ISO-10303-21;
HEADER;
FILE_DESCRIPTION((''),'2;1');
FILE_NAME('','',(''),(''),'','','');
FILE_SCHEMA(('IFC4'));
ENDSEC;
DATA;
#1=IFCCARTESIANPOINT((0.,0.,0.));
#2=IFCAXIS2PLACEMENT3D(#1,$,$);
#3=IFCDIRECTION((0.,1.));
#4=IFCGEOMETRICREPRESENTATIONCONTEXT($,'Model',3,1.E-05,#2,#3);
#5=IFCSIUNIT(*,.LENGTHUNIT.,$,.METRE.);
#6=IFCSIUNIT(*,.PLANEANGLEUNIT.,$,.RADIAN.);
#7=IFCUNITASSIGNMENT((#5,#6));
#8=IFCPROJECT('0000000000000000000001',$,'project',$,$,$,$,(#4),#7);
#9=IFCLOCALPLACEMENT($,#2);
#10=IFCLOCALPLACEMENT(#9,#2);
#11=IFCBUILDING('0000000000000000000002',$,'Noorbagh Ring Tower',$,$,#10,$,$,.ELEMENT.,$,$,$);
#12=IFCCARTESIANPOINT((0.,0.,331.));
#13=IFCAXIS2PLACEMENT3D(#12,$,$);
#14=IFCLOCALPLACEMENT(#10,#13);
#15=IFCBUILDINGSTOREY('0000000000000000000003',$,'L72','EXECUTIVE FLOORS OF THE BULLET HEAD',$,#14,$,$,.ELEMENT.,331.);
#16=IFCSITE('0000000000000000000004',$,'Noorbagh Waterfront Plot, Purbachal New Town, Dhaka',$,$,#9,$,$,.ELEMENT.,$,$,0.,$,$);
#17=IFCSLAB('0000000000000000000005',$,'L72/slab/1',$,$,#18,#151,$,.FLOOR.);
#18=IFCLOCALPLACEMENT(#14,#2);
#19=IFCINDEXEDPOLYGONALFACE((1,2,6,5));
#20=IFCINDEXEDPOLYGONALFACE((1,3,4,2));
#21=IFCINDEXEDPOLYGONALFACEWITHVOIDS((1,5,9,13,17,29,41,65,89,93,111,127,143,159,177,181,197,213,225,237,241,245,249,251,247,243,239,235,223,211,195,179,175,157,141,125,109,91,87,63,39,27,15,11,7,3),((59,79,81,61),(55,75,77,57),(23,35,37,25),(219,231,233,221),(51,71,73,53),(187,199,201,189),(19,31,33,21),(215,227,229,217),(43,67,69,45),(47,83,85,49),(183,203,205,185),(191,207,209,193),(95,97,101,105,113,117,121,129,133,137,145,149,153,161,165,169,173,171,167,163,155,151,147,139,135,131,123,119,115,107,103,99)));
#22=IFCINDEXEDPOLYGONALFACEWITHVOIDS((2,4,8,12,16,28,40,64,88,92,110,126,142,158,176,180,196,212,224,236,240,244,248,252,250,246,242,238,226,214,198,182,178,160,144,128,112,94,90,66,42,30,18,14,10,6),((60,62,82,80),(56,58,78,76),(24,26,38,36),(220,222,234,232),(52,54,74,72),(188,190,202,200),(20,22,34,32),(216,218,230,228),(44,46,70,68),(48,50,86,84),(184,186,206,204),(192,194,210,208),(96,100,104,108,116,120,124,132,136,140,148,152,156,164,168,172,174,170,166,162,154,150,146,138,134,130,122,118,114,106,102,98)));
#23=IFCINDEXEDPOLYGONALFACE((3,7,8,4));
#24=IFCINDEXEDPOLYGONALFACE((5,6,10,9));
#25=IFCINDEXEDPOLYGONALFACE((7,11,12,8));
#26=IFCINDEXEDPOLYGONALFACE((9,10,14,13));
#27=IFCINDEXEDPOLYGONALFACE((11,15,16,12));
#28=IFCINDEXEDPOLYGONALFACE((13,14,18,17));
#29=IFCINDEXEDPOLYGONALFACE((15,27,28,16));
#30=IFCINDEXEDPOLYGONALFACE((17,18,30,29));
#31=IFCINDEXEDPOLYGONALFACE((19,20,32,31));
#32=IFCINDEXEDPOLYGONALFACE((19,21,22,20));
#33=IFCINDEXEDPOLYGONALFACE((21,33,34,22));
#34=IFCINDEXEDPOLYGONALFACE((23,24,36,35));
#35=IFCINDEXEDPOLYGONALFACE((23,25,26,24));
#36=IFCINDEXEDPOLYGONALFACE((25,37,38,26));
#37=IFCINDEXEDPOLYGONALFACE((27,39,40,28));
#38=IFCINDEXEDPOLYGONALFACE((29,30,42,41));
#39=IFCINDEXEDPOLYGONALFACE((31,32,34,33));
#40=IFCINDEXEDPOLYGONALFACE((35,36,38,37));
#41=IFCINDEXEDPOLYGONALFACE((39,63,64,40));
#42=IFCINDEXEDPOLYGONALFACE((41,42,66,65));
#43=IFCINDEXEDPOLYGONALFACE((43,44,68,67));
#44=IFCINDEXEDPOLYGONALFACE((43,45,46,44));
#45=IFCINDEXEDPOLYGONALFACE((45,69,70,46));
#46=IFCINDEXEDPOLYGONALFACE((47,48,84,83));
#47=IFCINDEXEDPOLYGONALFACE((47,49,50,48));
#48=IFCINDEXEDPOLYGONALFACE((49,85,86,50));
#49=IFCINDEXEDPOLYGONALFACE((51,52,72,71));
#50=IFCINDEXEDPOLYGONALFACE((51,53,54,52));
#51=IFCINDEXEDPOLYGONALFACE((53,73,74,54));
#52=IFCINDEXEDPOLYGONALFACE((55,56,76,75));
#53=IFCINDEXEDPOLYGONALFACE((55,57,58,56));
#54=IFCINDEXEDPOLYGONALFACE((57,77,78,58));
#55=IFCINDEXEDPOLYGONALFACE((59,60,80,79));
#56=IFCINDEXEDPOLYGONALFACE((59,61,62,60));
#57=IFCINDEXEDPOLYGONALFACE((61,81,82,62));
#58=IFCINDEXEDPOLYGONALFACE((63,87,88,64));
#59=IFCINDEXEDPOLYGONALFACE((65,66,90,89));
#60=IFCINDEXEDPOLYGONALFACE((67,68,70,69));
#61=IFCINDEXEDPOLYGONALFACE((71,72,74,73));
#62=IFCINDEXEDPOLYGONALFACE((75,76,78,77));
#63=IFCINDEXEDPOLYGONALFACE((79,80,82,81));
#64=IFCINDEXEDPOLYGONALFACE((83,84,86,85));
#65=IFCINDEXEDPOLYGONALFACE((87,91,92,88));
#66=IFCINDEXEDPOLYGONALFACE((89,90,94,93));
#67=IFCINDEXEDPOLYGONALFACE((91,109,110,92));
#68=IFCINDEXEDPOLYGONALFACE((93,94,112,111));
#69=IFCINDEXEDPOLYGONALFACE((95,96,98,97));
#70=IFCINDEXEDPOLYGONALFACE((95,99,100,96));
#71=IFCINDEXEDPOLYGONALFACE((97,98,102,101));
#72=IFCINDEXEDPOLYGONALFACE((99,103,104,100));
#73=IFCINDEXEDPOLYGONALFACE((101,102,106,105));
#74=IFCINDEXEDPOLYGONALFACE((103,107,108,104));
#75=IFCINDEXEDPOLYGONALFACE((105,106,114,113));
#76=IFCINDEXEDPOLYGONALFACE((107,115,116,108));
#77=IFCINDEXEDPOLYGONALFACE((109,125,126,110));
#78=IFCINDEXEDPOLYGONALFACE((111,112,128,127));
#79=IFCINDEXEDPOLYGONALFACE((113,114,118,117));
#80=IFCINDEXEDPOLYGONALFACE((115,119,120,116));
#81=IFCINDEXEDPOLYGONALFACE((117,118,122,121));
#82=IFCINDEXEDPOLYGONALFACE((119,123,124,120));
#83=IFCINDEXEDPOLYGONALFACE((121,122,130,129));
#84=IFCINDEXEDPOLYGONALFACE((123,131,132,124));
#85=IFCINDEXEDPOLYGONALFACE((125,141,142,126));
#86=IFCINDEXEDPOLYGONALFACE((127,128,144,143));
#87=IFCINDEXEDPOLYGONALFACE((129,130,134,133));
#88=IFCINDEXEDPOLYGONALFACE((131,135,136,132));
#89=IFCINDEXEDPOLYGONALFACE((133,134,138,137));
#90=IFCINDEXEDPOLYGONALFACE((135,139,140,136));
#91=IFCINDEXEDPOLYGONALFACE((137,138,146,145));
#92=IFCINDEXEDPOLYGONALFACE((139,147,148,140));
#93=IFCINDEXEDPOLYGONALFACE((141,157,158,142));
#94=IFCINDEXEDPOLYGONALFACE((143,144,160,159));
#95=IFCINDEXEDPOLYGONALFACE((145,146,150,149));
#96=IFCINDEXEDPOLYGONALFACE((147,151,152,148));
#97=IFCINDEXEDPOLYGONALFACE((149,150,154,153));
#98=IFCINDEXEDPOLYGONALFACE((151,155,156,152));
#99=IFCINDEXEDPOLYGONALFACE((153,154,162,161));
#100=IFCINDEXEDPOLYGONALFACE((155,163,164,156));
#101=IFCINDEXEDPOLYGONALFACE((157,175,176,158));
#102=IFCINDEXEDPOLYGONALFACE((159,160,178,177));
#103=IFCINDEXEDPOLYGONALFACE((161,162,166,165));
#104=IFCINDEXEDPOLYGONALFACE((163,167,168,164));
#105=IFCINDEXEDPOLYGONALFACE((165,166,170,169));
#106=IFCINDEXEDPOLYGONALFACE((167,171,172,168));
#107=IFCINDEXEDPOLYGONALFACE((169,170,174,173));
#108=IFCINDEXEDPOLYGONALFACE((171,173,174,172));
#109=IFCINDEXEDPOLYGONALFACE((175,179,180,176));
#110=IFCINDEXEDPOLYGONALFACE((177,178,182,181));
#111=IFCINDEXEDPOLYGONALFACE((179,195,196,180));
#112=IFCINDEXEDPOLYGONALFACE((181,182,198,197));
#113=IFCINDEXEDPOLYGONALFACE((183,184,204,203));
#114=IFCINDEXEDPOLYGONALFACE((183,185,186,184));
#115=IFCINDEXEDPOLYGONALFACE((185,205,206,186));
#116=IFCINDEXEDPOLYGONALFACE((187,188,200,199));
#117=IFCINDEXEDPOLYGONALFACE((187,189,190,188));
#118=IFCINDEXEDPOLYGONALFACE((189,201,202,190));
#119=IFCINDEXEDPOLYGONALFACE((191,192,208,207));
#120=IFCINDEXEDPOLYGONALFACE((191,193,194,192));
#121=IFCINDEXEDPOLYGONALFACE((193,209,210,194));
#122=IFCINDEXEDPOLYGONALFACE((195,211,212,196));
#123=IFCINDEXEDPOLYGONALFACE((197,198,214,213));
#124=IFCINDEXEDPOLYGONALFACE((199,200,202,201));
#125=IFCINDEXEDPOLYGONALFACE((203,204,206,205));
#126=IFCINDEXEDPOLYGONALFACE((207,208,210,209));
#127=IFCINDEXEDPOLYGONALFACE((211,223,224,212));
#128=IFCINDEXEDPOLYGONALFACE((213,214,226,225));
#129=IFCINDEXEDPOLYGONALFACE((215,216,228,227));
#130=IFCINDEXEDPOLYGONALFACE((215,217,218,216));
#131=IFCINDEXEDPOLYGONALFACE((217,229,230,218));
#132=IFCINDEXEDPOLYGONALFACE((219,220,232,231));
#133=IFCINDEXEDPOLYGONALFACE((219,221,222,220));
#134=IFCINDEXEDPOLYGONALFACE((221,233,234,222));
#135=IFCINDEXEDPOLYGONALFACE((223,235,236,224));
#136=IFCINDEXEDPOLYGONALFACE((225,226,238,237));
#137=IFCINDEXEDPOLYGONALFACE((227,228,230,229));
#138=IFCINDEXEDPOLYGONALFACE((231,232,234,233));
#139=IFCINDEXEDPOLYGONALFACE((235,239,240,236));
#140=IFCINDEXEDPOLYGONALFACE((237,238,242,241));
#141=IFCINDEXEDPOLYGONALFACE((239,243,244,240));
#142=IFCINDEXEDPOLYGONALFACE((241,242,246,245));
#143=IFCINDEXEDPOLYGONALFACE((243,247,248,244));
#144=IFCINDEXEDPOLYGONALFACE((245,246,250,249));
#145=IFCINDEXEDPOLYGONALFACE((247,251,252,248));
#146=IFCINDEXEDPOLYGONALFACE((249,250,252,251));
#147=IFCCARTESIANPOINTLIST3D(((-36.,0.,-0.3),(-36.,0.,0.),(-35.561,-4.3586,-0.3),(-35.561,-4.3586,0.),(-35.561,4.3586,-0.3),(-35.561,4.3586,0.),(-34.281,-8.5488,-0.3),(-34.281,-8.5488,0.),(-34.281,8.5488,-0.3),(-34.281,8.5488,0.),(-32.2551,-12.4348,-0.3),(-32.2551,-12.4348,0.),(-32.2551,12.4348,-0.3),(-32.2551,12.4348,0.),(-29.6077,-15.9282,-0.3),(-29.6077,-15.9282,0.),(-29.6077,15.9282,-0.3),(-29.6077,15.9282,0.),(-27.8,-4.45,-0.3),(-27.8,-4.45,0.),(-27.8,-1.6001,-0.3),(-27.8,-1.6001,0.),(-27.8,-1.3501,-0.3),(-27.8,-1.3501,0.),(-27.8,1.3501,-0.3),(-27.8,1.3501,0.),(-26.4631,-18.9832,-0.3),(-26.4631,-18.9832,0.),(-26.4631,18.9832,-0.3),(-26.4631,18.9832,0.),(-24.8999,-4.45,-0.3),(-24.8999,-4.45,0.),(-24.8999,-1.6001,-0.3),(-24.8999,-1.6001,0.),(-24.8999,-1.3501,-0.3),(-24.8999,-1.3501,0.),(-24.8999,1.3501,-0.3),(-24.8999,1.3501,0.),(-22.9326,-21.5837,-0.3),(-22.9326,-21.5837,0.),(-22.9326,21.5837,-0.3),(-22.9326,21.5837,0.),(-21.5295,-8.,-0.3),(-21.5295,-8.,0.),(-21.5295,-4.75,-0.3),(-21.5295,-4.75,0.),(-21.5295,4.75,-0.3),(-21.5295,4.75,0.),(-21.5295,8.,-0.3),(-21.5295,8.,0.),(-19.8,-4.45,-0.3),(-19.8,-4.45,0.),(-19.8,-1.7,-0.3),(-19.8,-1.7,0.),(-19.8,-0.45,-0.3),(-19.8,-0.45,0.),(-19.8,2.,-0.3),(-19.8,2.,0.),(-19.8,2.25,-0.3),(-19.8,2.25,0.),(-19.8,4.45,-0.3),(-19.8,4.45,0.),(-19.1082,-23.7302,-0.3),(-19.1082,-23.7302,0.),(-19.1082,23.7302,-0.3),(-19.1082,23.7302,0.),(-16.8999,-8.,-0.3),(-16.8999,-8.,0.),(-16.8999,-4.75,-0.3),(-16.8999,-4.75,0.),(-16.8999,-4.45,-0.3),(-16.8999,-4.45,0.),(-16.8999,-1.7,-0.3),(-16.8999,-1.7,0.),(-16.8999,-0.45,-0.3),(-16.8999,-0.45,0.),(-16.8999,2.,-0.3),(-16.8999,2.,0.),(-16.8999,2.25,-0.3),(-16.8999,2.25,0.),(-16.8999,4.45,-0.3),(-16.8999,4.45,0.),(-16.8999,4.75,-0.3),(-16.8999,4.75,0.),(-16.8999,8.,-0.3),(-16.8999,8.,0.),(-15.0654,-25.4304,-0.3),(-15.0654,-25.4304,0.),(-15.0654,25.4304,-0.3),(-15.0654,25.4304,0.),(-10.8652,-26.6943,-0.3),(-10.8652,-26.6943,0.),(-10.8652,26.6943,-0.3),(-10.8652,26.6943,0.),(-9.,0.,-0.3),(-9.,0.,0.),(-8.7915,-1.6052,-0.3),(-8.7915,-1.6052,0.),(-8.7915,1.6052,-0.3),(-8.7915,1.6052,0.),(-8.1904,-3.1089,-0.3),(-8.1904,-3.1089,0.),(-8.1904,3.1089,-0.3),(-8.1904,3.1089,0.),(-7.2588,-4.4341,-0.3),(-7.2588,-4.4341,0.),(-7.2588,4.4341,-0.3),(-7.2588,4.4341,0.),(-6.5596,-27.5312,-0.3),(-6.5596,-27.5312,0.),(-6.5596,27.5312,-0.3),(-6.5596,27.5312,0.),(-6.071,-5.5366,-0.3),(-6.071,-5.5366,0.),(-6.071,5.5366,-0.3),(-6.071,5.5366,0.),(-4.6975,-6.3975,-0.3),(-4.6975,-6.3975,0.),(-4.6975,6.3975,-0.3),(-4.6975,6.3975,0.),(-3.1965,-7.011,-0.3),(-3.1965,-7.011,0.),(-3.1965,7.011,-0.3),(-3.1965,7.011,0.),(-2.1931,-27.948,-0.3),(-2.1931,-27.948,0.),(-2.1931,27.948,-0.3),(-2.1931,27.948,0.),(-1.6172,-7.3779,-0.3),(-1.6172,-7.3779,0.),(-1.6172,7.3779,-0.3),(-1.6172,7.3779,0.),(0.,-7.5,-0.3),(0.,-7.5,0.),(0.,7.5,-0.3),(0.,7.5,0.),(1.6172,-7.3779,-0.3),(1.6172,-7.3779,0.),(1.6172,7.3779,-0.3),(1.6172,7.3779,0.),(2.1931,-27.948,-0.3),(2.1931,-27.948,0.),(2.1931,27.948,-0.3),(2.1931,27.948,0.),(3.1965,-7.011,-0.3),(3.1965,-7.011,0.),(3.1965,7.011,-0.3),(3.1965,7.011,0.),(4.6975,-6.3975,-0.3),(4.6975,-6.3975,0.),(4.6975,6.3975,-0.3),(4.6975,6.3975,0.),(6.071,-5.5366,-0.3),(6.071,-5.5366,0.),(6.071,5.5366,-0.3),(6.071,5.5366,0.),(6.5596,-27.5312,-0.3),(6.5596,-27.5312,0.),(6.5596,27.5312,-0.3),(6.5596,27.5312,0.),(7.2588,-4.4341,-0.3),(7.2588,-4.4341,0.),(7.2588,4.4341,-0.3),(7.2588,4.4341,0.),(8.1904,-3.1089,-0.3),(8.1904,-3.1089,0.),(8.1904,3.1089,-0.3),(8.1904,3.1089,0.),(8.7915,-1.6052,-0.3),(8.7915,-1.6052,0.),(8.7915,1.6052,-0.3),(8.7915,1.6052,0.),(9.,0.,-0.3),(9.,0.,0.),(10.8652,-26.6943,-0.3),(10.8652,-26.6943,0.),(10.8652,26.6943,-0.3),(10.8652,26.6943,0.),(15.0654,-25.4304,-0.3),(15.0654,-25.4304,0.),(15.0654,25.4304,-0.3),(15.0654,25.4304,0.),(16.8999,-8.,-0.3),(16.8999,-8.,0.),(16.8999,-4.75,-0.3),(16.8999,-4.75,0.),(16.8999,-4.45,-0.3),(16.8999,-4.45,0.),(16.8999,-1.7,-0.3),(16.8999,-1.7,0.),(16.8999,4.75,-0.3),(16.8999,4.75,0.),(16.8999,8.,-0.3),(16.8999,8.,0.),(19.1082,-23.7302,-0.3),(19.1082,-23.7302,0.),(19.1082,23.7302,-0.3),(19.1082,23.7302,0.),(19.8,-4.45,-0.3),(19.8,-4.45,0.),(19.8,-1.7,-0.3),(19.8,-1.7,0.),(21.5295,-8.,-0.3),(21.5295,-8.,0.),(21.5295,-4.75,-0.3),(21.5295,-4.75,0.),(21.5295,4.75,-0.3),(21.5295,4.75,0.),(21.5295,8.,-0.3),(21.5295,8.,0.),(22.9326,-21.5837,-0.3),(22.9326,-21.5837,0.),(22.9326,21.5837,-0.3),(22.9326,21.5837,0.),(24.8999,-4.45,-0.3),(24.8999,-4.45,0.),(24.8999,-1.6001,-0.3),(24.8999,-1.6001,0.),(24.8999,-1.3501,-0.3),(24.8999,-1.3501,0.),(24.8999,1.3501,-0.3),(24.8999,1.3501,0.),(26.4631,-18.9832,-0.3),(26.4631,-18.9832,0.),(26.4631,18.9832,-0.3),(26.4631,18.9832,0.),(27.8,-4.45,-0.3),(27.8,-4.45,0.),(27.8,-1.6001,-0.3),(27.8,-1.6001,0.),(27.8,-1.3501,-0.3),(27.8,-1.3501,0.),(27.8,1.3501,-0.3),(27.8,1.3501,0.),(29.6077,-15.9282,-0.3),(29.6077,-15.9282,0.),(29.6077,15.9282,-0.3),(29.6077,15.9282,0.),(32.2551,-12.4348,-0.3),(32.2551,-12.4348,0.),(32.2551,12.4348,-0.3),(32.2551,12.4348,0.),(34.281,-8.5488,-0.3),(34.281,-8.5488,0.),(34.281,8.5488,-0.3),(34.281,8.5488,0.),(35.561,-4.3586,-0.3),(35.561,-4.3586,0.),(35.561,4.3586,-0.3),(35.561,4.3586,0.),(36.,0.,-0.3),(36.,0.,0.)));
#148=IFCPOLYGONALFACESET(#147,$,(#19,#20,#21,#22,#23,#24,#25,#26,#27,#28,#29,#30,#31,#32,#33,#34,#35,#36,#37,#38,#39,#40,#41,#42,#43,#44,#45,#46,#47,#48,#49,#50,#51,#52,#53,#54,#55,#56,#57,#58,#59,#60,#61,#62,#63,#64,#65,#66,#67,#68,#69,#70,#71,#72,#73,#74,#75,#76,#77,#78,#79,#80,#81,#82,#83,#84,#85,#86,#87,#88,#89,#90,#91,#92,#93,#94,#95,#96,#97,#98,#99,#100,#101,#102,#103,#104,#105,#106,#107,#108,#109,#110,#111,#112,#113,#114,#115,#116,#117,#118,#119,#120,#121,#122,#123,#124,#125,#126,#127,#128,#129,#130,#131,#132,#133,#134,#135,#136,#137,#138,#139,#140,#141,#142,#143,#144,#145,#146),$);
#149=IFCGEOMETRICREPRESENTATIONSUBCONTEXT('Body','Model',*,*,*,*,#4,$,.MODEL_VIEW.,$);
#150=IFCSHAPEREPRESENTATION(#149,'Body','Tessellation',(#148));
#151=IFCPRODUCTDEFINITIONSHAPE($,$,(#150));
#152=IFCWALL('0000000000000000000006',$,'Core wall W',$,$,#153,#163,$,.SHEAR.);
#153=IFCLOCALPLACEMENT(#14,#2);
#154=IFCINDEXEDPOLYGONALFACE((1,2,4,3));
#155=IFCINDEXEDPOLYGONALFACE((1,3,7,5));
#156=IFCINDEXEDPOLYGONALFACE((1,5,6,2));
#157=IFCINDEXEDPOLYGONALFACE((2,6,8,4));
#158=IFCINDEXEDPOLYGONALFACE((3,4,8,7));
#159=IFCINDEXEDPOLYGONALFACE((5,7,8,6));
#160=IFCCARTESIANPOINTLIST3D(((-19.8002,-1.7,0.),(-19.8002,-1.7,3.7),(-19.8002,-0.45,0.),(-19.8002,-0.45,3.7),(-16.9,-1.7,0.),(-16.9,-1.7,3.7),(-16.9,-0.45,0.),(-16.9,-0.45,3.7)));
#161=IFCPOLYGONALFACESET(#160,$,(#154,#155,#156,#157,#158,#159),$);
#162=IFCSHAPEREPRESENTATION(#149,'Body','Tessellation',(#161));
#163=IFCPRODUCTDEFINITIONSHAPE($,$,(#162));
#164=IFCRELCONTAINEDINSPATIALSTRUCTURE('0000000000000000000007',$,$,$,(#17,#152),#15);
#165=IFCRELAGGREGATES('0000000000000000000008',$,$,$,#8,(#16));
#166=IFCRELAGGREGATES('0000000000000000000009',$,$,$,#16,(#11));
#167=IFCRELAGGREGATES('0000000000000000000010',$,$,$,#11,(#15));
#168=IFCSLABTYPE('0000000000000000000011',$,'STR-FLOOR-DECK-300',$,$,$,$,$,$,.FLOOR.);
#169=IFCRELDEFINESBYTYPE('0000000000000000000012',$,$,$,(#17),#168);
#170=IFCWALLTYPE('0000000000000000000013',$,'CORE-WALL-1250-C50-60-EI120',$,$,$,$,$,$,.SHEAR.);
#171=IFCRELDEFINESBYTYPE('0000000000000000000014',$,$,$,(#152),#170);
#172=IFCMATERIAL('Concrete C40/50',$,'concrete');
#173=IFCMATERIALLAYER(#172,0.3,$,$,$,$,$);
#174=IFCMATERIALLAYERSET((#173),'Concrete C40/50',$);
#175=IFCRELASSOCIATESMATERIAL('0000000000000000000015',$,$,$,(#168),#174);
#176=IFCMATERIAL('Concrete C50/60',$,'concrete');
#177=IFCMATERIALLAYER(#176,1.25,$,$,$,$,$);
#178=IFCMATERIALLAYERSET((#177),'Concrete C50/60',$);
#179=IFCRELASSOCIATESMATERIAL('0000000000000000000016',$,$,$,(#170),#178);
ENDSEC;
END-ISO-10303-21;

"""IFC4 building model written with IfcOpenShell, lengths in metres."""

from ifc_helpers import new_model, si_unit, direction, frame, frame_2d, origin, place, context, subcontext, project, spatial, polyline, rectangle, outline, extrude, material, layer, layer_set, type_object, element, save


model = new_model("IFC4")

# Units and contexts
model_context = context("Model", 3, precision=1e-05, world=origin(), true_north=direction((0.0, 1.0)))
body_context = subcontext(model_context, "Body", "Model", "MODEL_VIEW")
ifc_project = project(units=[si_unit("LENGTHUNIT", "METRE"), si_unit("PLANEANGLEUNIT", "RADIAN")], contexts=[model_context])

# Site, building, storey
site_placement = place(None, origin())
site = spatial("IfcSite", under=ifc_project, at=site_placement, Name="Noorbagh Waterfront Plot, Purbachal New Town, Dhaka", CompositionType="ELEMENT", RefElevation=0.0)
building_placement = place(site_placement, origin())
building = spatial("IfcBuilding", under=site, at=building_placement, Name="Noorbagh Ring Tower", CompositionType="ELEMENT")
storey_placement = place(building_placement, frame((0.0, 0.0, 331.0)))
storey = spatial("IfcBuildingStorey", under=building, at=storey_placement, Name="L72", Description="EXECUTIVE FLOORS OF THE BULLET HEAD", CompositionType="ELEMENT", Elevation=331.0)

# Slab
ifc_material_1 = material(Name="Concrete C40/50", Category="concrete")
ifc_layer_1 = layer(ifc_material_1, 0.3)
ifc_layer_set_1 = layer_set([ifc_layer_1], Name="Concrete C40/50")
slab_type_1 = type_object("IfcSlabType", Name="STR-FLOOR-DECK-300", PredefinedType="FLOOR", material=ifc_layer_set_1)
slab_1_placement = place(storey_placement, frame((0.0, 0.0, -0.3)))
element("IfcSlab", 1, at=slab_1_placement, inside=storey, type_object=slab_type_1, Name="L72/slab/1", PredefinedType="FLOOR", context=body_context, shape_type="SweptSolid", body=[
    extrude(outline(polyline([(36.0, 0.0), (35.561, 4.3586), (34.281, 8.5488), (32.2551, 12.4348), (29.6077, 15.9282), (26.4631, 18.9832), (22.9326, 21.5837), (19.1082, 23.7302), (15.0654, 25.4304), (10.8652, 26.6943), (6.5596, 27.5312), (2.1931, 27.948), (-2.1931, 27.948), (-6.5596, 27.5312), (-10.8652, 26.6943), (-15.0654, 25.4304), (-19.1082, 23.7302), (-22.9326, 21.5837), (-26.4631, 18.9832), (-29.6077, 15.9282), (-32.2551, 12.4348), (-34.281, 8.5488), (-35.561, 4.3586), (-36.0, 0.0), (-35.561, -4.3586), (-34.281, -8.5488), (-32.2551, -12.4348), (-29.6077, -15.9282), (-26.4631, -18.9832), (-22.9326, -21.5837), (-19.1082, -23.7302), (-15.0654, -25.4304), (-10.8652, -26.6943), (-6.5596, -27.5312), (-2.1931, -27.948), (2.1931, -27.948), (6.5596, -27.5312), (10.8652, -26.6943), (15.0654, -25.4304), (19.1082, -23.7302), (22.9326, -21.5837), (26.4631, -18.9832), (29.6077, -15.9282), (32.2551, -12.4348), (34.281, -8.5488), (35.561, -4.3586), (36.0, 0.0)]), holes=[polyline([(24.8999, -1.6001), (27.8, -1.6001), (27.8, -4.45), (24.8999, -4.45), (24.8999, -1.6001)]), polyline([(24.8999, 1.3501), (27.8, 1.3501), (27.8, -1.3501), (24.8999, -1.3501), (24.8999, 1.3501)]), polyline([(21.5295, -8.0), (16.8999, -8.0), (16.8999, -4.75), (21.5295, -4.75), (21.5295, -8.0)]), polyline([(21.5295, 4.75), (16.8999, 4.75), (16.8999, 8.0), (21.5295, 8.0), (21.5295, 4.75)]), polyline([(16.8999, -1.7), (19.8, -1.7), (19.8, -4.45), (16.8999, -4.45), (16.8999, -1.7)]), polyline([(4.6975, -6.3975), (3.1965, -7.011), (1.6172, -7.3779), (0.0, -7.5), (-1.6172, -7.3779), (-3.1965, -7.011), (-4.6975, -6.3975), (-6.071, -5.5366), (-7.2588, -4.4341), (-8.1904, -3.1089), (-8.7915, -1.6052), (-9.0, 0.0), (-8.7915, 1.6052), (-8.1904, 3.1089), (-7.2588, 4.4341), (-6.071, 5.5366), (-4.6975, 6.3975), (-3.1965, 7.011), (-1.6172, 7.3779), (0.0, 7.5), (1.6172, 7.3779), (3.1965, 7.011), (4.6975, 6.3975), (6.071, 5.5366), (7.2588, 4.4341), (8.1904, 3.1089), (8.7915, 1.6052), (9.0, 0.0), (8.7915, -1.6052), (8.1904, -3.1089), (7.2588, -4.4341), (6.071, -5.5366), (4.6975, -6.3975)]), polyline([(-21.5295, -8.0), (-21.5295, -4.75), (-16.8999, -4.75), (-16.8999, -8.0), (-21.5295, -8.0)]), polyline([(-21.5295, 4.75), (-21.5295, 8.0), (-16.8999, 8.0), (-16.8999, 4.75), (-21.5295, 4.75)]), polyline([(-16.8999, -4.45), (-19.8, -4.45), (-19.8, -1.7), (-16.8999, -1.7), (-16.8999, -4.45)]), polyline([(-16.8999, -0.45), (-19.8, -0.45), (-19.8, 2.0), (-16.8999, 2.0), (-16.8999, -0.45)]), polyline([(-16.8999, 2.25), (-19.8, 2.25), (-19.8, 4.45), (-16.8999, 4.45), (-16.8999, 2.25)]), polyline([(-24.8999, -4.45), (-27.8, -4.45), (-27.8, -1.6001), (-24.8999, -1.6001), (-24.8999, -4.45)]), polyline([(-24.8999, 1.3501), (-24.8999, -1.3501), (-27.8, -1.3501), (-27.8, 1.3501), (-24.8999, 1.3501)])]), origin(), (0.0, 0.0, 1.0), 0.3),
])

# Wall
ifc_material_2 = material(Name="Concrete C50/60", Category="concrete")
ifc_layer_2 = layer(ifc_material_2, 1.25)
ifc_layer_set_2 = layer_set([ifc_layer_2], Name="Concrete C50/60")
wall_type_1 = type_object("IfcWallType", Name="CORE-WALL-1250-C50-60-EI120", PredefinedType="SHEAR", material=ifc_layer_set_2)
wall_1_placement = place(storey_placement, frame((-16.8999, -1.075, 0.0), z_axis=(0.0, 0.0, 1.0), x_axis=(-1.0, 0.0, 0.0)))
element("IfcWall", 2, at=wall_1_placement, inside=storey, type_object=wall_type_1, Name="Core wall W", PredefinedType="SHEAR", context=body_context, shape_type="SweptSolid", body=[
    extrude(rectangle(XDim=2.9001, YDim=1.25, at=frame_2d((1.4502, 0.0))), origin(), (0.0, 0.0, 1.0), 3.7),
])

save(model, "model.ifc")
